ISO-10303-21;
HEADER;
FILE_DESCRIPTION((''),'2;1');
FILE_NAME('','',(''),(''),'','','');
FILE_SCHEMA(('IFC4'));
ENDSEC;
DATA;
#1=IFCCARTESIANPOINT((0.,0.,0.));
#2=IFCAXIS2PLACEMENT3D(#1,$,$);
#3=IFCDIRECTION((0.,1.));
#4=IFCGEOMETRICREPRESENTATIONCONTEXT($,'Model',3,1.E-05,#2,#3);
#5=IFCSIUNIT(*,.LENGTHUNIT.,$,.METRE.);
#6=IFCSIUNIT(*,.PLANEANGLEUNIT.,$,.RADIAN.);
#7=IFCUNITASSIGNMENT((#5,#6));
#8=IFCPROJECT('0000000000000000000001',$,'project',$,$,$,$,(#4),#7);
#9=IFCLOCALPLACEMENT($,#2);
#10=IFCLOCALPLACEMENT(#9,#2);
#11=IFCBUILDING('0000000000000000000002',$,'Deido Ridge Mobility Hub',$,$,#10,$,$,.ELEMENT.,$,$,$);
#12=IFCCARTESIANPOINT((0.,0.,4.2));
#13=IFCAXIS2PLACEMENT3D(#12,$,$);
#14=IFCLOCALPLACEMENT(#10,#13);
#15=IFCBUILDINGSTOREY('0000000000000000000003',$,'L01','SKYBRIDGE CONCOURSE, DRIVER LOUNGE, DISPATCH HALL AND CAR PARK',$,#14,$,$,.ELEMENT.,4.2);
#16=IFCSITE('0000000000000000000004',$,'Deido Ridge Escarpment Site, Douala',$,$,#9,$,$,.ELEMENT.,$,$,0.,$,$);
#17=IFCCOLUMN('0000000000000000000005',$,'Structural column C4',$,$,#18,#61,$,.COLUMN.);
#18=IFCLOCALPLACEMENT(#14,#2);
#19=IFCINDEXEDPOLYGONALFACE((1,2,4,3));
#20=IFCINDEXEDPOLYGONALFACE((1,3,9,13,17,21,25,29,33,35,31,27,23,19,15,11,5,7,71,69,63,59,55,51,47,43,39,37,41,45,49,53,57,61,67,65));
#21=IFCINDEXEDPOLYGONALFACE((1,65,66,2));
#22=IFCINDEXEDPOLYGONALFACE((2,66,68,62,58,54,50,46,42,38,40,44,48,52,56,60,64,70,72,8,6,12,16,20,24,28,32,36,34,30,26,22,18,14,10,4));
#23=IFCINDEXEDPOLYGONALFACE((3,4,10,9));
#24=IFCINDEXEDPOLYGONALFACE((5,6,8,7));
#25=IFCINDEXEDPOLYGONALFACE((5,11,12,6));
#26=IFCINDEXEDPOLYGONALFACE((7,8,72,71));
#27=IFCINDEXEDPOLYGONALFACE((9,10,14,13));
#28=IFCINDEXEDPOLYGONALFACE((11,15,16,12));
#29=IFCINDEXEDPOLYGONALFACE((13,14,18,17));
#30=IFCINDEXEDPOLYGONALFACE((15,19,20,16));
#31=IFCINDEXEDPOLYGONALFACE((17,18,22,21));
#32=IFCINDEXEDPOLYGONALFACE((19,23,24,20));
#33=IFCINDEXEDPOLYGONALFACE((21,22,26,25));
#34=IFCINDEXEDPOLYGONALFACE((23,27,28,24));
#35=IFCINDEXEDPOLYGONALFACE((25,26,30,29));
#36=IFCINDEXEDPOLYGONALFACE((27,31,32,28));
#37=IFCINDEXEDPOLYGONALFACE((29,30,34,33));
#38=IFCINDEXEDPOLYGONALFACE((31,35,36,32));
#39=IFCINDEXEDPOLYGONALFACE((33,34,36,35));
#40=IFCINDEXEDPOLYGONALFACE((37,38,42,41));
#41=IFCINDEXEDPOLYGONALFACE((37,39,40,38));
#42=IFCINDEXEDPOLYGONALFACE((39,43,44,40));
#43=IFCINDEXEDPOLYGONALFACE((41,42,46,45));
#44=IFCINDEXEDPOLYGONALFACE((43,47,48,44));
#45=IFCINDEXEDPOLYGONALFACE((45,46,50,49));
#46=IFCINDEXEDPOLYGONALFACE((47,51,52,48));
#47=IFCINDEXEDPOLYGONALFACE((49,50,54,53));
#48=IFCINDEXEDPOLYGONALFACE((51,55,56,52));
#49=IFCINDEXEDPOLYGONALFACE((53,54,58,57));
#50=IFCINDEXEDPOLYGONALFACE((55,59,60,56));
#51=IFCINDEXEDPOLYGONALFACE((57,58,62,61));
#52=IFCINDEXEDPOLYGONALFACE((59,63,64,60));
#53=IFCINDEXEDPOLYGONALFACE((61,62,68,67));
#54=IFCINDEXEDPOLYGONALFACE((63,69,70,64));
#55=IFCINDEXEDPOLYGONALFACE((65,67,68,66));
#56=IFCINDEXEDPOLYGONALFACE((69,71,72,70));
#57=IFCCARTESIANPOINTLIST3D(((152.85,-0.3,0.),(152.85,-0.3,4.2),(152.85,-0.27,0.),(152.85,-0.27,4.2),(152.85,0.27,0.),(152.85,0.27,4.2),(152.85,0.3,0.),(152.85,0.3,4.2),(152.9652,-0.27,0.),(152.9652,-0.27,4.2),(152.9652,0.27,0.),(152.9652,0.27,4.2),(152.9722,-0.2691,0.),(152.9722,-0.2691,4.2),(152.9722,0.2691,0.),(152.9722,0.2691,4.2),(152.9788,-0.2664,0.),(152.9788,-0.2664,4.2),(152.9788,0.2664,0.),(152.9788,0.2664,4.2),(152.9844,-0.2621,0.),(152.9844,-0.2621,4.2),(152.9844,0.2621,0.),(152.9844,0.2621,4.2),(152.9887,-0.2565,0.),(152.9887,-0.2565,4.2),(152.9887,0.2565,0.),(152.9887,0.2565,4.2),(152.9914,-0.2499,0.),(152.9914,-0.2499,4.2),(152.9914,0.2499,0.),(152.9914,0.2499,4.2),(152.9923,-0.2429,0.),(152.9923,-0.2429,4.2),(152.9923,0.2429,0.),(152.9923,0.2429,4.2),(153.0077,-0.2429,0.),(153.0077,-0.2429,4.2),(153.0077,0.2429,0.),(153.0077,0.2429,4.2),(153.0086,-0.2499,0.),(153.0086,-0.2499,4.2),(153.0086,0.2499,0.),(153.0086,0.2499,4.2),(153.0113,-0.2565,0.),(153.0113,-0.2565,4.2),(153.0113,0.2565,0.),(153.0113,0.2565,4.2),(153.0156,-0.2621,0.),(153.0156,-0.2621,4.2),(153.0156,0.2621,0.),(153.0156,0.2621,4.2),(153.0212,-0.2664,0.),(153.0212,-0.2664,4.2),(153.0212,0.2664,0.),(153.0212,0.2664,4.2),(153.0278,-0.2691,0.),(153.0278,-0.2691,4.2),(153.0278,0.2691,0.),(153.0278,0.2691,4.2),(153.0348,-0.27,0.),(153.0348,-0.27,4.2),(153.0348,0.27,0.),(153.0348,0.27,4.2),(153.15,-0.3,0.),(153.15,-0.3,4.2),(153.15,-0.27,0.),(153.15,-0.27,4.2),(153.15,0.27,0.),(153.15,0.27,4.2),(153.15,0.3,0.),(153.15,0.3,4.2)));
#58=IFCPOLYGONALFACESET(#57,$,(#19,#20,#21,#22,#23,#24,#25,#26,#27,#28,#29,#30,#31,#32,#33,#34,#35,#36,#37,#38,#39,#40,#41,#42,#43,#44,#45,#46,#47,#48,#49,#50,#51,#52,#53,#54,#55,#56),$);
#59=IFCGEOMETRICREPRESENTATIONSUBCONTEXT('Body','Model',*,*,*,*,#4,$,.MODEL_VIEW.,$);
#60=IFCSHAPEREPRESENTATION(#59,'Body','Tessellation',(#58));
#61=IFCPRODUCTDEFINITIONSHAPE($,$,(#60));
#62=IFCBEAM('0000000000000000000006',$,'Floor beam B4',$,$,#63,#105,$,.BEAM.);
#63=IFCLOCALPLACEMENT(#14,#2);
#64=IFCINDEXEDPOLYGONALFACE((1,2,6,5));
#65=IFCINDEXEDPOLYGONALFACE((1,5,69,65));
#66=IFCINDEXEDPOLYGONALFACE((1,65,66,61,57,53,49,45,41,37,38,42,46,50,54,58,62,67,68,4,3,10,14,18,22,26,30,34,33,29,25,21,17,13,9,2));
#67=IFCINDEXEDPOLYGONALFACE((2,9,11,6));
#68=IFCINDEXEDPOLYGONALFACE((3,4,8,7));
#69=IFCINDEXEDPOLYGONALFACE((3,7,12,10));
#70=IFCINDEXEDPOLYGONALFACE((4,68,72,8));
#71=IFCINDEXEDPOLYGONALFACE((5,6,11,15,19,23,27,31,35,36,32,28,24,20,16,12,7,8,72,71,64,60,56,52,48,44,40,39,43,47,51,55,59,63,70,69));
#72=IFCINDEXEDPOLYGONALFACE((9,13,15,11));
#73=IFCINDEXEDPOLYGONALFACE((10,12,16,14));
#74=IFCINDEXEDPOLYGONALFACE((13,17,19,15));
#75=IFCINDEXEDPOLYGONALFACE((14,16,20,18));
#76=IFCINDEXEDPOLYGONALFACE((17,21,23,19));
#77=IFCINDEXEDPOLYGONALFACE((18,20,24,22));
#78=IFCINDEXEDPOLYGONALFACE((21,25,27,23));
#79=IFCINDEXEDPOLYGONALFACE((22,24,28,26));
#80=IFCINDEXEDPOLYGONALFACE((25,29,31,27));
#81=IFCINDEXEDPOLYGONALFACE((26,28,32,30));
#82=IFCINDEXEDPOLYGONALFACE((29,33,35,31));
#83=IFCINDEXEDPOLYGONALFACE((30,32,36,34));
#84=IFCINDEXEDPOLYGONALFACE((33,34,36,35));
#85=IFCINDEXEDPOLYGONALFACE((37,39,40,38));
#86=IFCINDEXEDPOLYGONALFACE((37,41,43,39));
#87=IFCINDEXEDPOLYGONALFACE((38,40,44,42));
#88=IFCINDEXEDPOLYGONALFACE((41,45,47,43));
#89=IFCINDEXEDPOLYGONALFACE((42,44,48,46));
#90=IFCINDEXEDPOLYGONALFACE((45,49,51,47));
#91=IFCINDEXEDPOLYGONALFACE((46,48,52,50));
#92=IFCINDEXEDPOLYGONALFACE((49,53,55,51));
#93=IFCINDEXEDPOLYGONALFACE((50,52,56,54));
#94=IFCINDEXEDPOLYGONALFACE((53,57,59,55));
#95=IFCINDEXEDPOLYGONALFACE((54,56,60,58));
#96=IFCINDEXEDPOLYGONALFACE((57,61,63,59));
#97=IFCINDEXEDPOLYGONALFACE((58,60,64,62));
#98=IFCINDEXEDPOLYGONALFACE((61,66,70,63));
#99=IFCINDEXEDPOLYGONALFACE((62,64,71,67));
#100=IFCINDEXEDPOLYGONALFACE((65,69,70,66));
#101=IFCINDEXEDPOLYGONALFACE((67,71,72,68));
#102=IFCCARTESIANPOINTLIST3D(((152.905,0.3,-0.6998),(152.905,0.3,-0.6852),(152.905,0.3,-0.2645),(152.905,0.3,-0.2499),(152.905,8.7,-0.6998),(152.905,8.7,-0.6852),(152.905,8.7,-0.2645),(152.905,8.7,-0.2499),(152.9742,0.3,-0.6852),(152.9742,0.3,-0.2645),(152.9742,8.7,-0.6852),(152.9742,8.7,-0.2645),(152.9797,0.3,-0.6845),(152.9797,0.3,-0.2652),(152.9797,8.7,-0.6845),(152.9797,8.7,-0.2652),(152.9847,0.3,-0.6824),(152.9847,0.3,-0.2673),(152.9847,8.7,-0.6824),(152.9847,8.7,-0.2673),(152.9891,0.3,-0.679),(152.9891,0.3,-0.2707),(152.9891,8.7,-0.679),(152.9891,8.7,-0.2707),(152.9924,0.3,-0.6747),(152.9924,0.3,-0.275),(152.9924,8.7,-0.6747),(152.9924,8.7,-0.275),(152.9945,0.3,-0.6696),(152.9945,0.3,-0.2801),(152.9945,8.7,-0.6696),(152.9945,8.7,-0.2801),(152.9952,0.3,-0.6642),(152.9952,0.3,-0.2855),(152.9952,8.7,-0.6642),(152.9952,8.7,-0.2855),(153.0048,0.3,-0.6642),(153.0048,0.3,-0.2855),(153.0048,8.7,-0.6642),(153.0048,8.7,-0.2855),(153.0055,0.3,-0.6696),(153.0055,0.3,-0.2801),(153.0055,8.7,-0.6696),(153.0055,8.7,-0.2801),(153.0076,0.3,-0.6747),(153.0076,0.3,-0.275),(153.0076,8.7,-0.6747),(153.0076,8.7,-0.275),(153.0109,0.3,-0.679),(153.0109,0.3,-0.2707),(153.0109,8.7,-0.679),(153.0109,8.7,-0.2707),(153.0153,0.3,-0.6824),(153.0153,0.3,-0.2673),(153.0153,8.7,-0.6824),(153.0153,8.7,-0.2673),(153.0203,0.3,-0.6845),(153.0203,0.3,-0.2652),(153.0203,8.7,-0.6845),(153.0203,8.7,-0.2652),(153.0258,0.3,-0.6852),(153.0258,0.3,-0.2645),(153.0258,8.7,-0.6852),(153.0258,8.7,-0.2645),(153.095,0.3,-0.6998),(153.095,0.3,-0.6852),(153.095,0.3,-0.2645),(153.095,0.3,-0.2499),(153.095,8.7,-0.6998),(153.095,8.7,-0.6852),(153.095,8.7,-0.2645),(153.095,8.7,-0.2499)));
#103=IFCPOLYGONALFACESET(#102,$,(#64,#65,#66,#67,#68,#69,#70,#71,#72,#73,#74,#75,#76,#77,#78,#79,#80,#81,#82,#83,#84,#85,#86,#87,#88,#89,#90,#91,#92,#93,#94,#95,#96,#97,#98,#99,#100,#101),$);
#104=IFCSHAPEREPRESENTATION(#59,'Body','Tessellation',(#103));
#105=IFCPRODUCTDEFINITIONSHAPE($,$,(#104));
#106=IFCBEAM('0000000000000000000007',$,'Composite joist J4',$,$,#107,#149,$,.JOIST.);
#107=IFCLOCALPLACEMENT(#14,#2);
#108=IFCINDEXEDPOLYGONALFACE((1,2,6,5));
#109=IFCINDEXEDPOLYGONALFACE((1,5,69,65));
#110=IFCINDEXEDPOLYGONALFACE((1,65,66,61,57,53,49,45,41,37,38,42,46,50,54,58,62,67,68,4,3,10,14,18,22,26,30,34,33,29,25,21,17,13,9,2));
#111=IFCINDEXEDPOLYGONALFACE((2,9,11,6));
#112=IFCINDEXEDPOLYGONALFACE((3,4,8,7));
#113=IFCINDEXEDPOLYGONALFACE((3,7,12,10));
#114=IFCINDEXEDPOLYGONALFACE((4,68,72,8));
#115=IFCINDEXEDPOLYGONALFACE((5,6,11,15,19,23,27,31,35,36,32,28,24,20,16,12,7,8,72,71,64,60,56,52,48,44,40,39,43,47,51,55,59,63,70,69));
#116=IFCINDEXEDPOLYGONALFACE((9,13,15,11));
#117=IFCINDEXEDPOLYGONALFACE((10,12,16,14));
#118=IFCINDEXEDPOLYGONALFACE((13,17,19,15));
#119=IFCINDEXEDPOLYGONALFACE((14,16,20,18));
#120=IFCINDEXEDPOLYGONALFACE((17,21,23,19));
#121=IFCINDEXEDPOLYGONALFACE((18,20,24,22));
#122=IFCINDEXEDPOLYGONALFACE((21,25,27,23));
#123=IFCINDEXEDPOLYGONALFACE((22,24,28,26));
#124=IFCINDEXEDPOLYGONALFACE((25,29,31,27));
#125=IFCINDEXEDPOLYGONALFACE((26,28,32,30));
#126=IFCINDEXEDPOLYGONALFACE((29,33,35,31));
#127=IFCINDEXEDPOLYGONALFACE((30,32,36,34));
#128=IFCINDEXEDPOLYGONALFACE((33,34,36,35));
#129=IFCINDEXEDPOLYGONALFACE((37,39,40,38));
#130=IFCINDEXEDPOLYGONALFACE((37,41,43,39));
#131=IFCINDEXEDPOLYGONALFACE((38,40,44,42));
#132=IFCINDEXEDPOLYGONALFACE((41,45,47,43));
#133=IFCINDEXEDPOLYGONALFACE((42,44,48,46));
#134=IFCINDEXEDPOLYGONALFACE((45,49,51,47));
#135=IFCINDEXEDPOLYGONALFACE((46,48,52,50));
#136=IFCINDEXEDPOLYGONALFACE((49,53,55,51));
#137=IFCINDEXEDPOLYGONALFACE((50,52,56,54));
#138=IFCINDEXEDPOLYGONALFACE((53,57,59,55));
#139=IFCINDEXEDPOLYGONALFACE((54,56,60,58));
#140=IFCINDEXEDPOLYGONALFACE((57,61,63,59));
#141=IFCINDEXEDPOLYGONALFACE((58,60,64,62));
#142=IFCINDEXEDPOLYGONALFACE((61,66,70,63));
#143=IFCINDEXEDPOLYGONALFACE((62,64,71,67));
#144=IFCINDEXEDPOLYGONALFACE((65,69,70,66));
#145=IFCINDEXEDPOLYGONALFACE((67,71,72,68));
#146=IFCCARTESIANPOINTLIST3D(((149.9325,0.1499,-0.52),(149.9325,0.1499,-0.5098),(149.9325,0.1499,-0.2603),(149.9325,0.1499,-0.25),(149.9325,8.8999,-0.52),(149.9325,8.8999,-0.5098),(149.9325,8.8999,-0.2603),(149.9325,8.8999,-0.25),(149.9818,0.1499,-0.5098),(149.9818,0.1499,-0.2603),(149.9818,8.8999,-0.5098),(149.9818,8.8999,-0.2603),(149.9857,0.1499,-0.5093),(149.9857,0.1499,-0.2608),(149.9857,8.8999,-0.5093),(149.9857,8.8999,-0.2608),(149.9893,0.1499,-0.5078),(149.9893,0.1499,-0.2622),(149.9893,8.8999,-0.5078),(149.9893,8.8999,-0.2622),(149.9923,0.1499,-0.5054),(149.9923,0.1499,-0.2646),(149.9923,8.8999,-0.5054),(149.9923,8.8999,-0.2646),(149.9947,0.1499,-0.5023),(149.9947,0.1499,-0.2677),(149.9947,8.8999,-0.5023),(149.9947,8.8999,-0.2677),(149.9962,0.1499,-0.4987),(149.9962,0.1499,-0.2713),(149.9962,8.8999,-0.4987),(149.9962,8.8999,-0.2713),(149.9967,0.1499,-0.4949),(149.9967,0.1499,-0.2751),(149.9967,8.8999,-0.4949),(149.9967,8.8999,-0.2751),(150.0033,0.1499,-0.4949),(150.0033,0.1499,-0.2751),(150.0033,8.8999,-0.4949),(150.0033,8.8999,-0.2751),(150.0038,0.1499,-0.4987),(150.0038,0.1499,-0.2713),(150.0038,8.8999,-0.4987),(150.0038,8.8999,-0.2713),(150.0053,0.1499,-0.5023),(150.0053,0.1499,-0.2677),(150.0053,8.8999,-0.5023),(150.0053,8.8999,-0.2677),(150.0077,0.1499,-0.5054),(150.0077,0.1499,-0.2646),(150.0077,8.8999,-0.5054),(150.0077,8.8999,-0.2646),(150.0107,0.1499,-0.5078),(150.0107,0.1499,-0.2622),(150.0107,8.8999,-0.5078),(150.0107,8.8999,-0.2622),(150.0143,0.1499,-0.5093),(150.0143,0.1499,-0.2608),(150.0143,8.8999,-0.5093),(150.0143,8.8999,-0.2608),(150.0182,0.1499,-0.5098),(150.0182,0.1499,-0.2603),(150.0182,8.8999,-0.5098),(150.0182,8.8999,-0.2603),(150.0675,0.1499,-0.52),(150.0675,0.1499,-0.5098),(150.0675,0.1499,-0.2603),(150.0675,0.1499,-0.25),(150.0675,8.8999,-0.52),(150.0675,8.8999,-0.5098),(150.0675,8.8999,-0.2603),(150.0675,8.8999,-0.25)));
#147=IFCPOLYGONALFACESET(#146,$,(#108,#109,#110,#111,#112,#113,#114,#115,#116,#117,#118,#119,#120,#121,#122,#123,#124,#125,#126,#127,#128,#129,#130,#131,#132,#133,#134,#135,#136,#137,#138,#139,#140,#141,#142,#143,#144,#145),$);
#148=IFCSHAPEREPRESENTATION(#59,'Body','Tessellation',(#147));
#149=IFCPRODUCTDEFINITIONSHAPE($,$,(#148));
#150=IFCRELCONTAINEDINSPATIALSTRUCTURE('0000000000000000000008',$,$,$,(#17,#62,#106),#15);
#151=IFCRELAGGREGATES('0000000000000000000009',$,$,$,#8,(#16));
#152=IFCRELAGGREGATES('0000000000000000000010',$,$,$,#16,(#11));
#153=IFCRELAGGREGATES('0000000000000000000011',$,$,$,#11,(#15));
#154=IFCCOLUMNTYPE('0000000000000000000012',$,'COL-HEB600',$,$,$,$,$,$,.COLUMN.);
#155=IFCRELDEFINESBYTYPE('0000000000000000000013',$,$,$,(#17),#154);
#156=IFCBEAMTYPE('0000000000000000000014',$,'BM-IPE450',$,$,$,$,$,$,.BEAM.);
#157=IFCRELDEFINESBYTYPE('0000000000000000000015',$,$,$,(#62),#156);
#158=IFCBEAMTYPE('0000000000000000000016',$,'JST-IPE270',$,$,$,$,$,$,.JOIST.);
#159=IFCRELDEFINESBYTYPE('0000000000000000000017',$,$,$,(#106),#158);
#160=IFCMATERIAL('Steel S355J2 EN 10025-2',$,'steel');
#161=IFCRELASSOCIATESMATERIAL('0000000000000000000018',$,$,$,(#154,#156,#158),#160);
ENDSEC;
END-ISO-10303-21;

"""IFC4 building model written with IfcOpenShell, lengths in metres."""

from ifc_helpers import new_model, si_unit, direction, frame, origin, origin_2d, place, context, subcontext, project, spatial, i_section, extrude, material, material_profile, profile_set, type_object, element, save


model = new_model("IFC4")

# Units and contexts
model_context = context("Model", 3, precision=1e-05, world=origin(), true_north=direction((0.0, 1.0)))
body_context = subcontext(model_context, "Body", "Model", "MODEL_VIEW")
ifc_project = project(units=[si_unit("LENGTHUNIT", "METRE"), si_unit("PLANEANGLEUNIT", "RADIAN")], contexts=[model_context])

# Site, building, storey
site_placement = place(None, origin())
site = spatial("IfcSite", under=ifc_project, at=site_placement, Name="Deido Ridge Escarpment Site, Douala", CompositionType="ELEMENT", RefElevation=0.0)
building_placement = place(site_placement, origin())
building = spatial("IfcBuilding", under=site, at=building_placement, Name="Deido Ridge Mobility Hub", CompositionType="ELEMENT")
storey_placement = place(building_placement, frame((0.0, 0.0, 4.2)))
storey = spatial("IfcBuildingStorey", under=building, at=storey_placement, Name="L01", Description="SKYBRIDGE CONCOURSE, DRIVER LOUNGE, DISPATCH HALL AND CAR PARK", CompositionType="ELEMENT", Elevation=4.2)

# Column
ifc_material_1 = material(Name="Steel S355J2 EN 10025-2", Category="steel")
ifc_material_profile_1 = material_profile(ifc_material_1, i_section(OverallWidth=0.3, OverallDepth=0.6001, WebThickness=0.0154, FlangeThickness=0.03, FilletRadius=0.0271, at=origin_2d()), Name="HEB 600")
ifc_profile_set_1 = profile_set([ifc_material_profile_1], Name="Steel S355J2 EN 10025-2")
column_type = type_object("IfcColumnType", Name="COL-HEB600", PredefinedType="COLUMN", material=ifc_profile_set_1)
column_placement = place(storey_placement, frame((153.0, 0.0, 0.0), z_axis=(0.0, 0.0, 1.0), x_axis=(1.0, 0.0, 0.0)))
element("IfcColumn", 1, at=column_placement, inside=storey, type_object=column_type, Name="Structural column C4", PredefinedType="COLUMN", context=body_context, shape_type="SweptSolid", body=[
    extrude(i_section(OverallWidth=0.3, OverallDepth=0.6001, WebThickness=0.0154, FlangeThickness=0.03, FilletRadius=0.0271, at=origin_2d()), origin(), (0.0, 0.0, 1.0), 4.2),
])

# Beams
ifc_material_profile_2 = material_profile(ifc_material_1, i_section(OverallWidth=0.1899, OverallDepth=0.45, WebThickness=0.0095, FlangeThickness=0.0146, FilletRadius=0.021, at=origin_2d()), Name="IPE 450")
ifc_profile_set_2 = profile_set([ifc_material_profile_2], Name="Steel S355J2 EN 10025-2")
beam_type_1 = type_object("IfcBeamType", Name="BM-IPE450", PredefinedType="BEAM", material=ifc_profile_set_2)
beam_1_placement = place(storey_placement, frame((153.0, 0.3, -0.4749), z_axis=(0.0, 1.0, 0.0), x_axis=(-1.0, 0.0, 0.0)))
element("IfcBeam", 2, at=beam_1_placement, inside=storey, type_object=beam_type_1, Name="Floor beam B4", PredefinedType="BEAM", context=body_context, shape_type="SweptSolid", body=[
    extrude(i_section(OverallWidth=0.1899, OverallDepth=0.45, WebThickness=0.0095, FlangeThickness=0.0146, FilletRadius=0.021, at=origin_2d()), origin(), (0.0, 0.0, 1.0), 8.3999),
])
ifc_material_profile_3 = material_profile(ifc_material_1, i_section(OverallWidth=0.135, OverallDepth=0.27, WebThickness=0.0066, FlangeThickness=0.0103, FilletRadius=0.0149, at=origin_2d()), Name="IPE 270")
ifc_profile_set_3 = profile_set([ifc_material_profile_3], Name="Steel S355J2 EN 10025-2")
beam_type_2 = type_object("IfcBeamType", Name="JST-IPE270", PredefinedType="JOIST", material=ifc_profile_set_3)
beam_2_placement = place(storey_placement, frame((150.0, 0.1499, -0.385), z_axis=(0.0, 1.0, 0.0), x_axis=(-1.0, 0.0, 0.0)))
element("IfcBeam", 3, at=beam_2_placement, inside=storey, type_object=beam_type_2, Name="Composite joist J4", PredefinedType="JOIST", context=body_context, shape_type="SweptSolid", body=[
    extrude(i_section(OverallWidth=0.135, OverallDepth=0.27, WebThickness=0.0066, FlangeThickness=0.0103, FilletRadius=0.0149, at=origin_2d()), origin(), (0.0, 0.0, 1.0), 8.75),
])

save(model, "model.ifc")
